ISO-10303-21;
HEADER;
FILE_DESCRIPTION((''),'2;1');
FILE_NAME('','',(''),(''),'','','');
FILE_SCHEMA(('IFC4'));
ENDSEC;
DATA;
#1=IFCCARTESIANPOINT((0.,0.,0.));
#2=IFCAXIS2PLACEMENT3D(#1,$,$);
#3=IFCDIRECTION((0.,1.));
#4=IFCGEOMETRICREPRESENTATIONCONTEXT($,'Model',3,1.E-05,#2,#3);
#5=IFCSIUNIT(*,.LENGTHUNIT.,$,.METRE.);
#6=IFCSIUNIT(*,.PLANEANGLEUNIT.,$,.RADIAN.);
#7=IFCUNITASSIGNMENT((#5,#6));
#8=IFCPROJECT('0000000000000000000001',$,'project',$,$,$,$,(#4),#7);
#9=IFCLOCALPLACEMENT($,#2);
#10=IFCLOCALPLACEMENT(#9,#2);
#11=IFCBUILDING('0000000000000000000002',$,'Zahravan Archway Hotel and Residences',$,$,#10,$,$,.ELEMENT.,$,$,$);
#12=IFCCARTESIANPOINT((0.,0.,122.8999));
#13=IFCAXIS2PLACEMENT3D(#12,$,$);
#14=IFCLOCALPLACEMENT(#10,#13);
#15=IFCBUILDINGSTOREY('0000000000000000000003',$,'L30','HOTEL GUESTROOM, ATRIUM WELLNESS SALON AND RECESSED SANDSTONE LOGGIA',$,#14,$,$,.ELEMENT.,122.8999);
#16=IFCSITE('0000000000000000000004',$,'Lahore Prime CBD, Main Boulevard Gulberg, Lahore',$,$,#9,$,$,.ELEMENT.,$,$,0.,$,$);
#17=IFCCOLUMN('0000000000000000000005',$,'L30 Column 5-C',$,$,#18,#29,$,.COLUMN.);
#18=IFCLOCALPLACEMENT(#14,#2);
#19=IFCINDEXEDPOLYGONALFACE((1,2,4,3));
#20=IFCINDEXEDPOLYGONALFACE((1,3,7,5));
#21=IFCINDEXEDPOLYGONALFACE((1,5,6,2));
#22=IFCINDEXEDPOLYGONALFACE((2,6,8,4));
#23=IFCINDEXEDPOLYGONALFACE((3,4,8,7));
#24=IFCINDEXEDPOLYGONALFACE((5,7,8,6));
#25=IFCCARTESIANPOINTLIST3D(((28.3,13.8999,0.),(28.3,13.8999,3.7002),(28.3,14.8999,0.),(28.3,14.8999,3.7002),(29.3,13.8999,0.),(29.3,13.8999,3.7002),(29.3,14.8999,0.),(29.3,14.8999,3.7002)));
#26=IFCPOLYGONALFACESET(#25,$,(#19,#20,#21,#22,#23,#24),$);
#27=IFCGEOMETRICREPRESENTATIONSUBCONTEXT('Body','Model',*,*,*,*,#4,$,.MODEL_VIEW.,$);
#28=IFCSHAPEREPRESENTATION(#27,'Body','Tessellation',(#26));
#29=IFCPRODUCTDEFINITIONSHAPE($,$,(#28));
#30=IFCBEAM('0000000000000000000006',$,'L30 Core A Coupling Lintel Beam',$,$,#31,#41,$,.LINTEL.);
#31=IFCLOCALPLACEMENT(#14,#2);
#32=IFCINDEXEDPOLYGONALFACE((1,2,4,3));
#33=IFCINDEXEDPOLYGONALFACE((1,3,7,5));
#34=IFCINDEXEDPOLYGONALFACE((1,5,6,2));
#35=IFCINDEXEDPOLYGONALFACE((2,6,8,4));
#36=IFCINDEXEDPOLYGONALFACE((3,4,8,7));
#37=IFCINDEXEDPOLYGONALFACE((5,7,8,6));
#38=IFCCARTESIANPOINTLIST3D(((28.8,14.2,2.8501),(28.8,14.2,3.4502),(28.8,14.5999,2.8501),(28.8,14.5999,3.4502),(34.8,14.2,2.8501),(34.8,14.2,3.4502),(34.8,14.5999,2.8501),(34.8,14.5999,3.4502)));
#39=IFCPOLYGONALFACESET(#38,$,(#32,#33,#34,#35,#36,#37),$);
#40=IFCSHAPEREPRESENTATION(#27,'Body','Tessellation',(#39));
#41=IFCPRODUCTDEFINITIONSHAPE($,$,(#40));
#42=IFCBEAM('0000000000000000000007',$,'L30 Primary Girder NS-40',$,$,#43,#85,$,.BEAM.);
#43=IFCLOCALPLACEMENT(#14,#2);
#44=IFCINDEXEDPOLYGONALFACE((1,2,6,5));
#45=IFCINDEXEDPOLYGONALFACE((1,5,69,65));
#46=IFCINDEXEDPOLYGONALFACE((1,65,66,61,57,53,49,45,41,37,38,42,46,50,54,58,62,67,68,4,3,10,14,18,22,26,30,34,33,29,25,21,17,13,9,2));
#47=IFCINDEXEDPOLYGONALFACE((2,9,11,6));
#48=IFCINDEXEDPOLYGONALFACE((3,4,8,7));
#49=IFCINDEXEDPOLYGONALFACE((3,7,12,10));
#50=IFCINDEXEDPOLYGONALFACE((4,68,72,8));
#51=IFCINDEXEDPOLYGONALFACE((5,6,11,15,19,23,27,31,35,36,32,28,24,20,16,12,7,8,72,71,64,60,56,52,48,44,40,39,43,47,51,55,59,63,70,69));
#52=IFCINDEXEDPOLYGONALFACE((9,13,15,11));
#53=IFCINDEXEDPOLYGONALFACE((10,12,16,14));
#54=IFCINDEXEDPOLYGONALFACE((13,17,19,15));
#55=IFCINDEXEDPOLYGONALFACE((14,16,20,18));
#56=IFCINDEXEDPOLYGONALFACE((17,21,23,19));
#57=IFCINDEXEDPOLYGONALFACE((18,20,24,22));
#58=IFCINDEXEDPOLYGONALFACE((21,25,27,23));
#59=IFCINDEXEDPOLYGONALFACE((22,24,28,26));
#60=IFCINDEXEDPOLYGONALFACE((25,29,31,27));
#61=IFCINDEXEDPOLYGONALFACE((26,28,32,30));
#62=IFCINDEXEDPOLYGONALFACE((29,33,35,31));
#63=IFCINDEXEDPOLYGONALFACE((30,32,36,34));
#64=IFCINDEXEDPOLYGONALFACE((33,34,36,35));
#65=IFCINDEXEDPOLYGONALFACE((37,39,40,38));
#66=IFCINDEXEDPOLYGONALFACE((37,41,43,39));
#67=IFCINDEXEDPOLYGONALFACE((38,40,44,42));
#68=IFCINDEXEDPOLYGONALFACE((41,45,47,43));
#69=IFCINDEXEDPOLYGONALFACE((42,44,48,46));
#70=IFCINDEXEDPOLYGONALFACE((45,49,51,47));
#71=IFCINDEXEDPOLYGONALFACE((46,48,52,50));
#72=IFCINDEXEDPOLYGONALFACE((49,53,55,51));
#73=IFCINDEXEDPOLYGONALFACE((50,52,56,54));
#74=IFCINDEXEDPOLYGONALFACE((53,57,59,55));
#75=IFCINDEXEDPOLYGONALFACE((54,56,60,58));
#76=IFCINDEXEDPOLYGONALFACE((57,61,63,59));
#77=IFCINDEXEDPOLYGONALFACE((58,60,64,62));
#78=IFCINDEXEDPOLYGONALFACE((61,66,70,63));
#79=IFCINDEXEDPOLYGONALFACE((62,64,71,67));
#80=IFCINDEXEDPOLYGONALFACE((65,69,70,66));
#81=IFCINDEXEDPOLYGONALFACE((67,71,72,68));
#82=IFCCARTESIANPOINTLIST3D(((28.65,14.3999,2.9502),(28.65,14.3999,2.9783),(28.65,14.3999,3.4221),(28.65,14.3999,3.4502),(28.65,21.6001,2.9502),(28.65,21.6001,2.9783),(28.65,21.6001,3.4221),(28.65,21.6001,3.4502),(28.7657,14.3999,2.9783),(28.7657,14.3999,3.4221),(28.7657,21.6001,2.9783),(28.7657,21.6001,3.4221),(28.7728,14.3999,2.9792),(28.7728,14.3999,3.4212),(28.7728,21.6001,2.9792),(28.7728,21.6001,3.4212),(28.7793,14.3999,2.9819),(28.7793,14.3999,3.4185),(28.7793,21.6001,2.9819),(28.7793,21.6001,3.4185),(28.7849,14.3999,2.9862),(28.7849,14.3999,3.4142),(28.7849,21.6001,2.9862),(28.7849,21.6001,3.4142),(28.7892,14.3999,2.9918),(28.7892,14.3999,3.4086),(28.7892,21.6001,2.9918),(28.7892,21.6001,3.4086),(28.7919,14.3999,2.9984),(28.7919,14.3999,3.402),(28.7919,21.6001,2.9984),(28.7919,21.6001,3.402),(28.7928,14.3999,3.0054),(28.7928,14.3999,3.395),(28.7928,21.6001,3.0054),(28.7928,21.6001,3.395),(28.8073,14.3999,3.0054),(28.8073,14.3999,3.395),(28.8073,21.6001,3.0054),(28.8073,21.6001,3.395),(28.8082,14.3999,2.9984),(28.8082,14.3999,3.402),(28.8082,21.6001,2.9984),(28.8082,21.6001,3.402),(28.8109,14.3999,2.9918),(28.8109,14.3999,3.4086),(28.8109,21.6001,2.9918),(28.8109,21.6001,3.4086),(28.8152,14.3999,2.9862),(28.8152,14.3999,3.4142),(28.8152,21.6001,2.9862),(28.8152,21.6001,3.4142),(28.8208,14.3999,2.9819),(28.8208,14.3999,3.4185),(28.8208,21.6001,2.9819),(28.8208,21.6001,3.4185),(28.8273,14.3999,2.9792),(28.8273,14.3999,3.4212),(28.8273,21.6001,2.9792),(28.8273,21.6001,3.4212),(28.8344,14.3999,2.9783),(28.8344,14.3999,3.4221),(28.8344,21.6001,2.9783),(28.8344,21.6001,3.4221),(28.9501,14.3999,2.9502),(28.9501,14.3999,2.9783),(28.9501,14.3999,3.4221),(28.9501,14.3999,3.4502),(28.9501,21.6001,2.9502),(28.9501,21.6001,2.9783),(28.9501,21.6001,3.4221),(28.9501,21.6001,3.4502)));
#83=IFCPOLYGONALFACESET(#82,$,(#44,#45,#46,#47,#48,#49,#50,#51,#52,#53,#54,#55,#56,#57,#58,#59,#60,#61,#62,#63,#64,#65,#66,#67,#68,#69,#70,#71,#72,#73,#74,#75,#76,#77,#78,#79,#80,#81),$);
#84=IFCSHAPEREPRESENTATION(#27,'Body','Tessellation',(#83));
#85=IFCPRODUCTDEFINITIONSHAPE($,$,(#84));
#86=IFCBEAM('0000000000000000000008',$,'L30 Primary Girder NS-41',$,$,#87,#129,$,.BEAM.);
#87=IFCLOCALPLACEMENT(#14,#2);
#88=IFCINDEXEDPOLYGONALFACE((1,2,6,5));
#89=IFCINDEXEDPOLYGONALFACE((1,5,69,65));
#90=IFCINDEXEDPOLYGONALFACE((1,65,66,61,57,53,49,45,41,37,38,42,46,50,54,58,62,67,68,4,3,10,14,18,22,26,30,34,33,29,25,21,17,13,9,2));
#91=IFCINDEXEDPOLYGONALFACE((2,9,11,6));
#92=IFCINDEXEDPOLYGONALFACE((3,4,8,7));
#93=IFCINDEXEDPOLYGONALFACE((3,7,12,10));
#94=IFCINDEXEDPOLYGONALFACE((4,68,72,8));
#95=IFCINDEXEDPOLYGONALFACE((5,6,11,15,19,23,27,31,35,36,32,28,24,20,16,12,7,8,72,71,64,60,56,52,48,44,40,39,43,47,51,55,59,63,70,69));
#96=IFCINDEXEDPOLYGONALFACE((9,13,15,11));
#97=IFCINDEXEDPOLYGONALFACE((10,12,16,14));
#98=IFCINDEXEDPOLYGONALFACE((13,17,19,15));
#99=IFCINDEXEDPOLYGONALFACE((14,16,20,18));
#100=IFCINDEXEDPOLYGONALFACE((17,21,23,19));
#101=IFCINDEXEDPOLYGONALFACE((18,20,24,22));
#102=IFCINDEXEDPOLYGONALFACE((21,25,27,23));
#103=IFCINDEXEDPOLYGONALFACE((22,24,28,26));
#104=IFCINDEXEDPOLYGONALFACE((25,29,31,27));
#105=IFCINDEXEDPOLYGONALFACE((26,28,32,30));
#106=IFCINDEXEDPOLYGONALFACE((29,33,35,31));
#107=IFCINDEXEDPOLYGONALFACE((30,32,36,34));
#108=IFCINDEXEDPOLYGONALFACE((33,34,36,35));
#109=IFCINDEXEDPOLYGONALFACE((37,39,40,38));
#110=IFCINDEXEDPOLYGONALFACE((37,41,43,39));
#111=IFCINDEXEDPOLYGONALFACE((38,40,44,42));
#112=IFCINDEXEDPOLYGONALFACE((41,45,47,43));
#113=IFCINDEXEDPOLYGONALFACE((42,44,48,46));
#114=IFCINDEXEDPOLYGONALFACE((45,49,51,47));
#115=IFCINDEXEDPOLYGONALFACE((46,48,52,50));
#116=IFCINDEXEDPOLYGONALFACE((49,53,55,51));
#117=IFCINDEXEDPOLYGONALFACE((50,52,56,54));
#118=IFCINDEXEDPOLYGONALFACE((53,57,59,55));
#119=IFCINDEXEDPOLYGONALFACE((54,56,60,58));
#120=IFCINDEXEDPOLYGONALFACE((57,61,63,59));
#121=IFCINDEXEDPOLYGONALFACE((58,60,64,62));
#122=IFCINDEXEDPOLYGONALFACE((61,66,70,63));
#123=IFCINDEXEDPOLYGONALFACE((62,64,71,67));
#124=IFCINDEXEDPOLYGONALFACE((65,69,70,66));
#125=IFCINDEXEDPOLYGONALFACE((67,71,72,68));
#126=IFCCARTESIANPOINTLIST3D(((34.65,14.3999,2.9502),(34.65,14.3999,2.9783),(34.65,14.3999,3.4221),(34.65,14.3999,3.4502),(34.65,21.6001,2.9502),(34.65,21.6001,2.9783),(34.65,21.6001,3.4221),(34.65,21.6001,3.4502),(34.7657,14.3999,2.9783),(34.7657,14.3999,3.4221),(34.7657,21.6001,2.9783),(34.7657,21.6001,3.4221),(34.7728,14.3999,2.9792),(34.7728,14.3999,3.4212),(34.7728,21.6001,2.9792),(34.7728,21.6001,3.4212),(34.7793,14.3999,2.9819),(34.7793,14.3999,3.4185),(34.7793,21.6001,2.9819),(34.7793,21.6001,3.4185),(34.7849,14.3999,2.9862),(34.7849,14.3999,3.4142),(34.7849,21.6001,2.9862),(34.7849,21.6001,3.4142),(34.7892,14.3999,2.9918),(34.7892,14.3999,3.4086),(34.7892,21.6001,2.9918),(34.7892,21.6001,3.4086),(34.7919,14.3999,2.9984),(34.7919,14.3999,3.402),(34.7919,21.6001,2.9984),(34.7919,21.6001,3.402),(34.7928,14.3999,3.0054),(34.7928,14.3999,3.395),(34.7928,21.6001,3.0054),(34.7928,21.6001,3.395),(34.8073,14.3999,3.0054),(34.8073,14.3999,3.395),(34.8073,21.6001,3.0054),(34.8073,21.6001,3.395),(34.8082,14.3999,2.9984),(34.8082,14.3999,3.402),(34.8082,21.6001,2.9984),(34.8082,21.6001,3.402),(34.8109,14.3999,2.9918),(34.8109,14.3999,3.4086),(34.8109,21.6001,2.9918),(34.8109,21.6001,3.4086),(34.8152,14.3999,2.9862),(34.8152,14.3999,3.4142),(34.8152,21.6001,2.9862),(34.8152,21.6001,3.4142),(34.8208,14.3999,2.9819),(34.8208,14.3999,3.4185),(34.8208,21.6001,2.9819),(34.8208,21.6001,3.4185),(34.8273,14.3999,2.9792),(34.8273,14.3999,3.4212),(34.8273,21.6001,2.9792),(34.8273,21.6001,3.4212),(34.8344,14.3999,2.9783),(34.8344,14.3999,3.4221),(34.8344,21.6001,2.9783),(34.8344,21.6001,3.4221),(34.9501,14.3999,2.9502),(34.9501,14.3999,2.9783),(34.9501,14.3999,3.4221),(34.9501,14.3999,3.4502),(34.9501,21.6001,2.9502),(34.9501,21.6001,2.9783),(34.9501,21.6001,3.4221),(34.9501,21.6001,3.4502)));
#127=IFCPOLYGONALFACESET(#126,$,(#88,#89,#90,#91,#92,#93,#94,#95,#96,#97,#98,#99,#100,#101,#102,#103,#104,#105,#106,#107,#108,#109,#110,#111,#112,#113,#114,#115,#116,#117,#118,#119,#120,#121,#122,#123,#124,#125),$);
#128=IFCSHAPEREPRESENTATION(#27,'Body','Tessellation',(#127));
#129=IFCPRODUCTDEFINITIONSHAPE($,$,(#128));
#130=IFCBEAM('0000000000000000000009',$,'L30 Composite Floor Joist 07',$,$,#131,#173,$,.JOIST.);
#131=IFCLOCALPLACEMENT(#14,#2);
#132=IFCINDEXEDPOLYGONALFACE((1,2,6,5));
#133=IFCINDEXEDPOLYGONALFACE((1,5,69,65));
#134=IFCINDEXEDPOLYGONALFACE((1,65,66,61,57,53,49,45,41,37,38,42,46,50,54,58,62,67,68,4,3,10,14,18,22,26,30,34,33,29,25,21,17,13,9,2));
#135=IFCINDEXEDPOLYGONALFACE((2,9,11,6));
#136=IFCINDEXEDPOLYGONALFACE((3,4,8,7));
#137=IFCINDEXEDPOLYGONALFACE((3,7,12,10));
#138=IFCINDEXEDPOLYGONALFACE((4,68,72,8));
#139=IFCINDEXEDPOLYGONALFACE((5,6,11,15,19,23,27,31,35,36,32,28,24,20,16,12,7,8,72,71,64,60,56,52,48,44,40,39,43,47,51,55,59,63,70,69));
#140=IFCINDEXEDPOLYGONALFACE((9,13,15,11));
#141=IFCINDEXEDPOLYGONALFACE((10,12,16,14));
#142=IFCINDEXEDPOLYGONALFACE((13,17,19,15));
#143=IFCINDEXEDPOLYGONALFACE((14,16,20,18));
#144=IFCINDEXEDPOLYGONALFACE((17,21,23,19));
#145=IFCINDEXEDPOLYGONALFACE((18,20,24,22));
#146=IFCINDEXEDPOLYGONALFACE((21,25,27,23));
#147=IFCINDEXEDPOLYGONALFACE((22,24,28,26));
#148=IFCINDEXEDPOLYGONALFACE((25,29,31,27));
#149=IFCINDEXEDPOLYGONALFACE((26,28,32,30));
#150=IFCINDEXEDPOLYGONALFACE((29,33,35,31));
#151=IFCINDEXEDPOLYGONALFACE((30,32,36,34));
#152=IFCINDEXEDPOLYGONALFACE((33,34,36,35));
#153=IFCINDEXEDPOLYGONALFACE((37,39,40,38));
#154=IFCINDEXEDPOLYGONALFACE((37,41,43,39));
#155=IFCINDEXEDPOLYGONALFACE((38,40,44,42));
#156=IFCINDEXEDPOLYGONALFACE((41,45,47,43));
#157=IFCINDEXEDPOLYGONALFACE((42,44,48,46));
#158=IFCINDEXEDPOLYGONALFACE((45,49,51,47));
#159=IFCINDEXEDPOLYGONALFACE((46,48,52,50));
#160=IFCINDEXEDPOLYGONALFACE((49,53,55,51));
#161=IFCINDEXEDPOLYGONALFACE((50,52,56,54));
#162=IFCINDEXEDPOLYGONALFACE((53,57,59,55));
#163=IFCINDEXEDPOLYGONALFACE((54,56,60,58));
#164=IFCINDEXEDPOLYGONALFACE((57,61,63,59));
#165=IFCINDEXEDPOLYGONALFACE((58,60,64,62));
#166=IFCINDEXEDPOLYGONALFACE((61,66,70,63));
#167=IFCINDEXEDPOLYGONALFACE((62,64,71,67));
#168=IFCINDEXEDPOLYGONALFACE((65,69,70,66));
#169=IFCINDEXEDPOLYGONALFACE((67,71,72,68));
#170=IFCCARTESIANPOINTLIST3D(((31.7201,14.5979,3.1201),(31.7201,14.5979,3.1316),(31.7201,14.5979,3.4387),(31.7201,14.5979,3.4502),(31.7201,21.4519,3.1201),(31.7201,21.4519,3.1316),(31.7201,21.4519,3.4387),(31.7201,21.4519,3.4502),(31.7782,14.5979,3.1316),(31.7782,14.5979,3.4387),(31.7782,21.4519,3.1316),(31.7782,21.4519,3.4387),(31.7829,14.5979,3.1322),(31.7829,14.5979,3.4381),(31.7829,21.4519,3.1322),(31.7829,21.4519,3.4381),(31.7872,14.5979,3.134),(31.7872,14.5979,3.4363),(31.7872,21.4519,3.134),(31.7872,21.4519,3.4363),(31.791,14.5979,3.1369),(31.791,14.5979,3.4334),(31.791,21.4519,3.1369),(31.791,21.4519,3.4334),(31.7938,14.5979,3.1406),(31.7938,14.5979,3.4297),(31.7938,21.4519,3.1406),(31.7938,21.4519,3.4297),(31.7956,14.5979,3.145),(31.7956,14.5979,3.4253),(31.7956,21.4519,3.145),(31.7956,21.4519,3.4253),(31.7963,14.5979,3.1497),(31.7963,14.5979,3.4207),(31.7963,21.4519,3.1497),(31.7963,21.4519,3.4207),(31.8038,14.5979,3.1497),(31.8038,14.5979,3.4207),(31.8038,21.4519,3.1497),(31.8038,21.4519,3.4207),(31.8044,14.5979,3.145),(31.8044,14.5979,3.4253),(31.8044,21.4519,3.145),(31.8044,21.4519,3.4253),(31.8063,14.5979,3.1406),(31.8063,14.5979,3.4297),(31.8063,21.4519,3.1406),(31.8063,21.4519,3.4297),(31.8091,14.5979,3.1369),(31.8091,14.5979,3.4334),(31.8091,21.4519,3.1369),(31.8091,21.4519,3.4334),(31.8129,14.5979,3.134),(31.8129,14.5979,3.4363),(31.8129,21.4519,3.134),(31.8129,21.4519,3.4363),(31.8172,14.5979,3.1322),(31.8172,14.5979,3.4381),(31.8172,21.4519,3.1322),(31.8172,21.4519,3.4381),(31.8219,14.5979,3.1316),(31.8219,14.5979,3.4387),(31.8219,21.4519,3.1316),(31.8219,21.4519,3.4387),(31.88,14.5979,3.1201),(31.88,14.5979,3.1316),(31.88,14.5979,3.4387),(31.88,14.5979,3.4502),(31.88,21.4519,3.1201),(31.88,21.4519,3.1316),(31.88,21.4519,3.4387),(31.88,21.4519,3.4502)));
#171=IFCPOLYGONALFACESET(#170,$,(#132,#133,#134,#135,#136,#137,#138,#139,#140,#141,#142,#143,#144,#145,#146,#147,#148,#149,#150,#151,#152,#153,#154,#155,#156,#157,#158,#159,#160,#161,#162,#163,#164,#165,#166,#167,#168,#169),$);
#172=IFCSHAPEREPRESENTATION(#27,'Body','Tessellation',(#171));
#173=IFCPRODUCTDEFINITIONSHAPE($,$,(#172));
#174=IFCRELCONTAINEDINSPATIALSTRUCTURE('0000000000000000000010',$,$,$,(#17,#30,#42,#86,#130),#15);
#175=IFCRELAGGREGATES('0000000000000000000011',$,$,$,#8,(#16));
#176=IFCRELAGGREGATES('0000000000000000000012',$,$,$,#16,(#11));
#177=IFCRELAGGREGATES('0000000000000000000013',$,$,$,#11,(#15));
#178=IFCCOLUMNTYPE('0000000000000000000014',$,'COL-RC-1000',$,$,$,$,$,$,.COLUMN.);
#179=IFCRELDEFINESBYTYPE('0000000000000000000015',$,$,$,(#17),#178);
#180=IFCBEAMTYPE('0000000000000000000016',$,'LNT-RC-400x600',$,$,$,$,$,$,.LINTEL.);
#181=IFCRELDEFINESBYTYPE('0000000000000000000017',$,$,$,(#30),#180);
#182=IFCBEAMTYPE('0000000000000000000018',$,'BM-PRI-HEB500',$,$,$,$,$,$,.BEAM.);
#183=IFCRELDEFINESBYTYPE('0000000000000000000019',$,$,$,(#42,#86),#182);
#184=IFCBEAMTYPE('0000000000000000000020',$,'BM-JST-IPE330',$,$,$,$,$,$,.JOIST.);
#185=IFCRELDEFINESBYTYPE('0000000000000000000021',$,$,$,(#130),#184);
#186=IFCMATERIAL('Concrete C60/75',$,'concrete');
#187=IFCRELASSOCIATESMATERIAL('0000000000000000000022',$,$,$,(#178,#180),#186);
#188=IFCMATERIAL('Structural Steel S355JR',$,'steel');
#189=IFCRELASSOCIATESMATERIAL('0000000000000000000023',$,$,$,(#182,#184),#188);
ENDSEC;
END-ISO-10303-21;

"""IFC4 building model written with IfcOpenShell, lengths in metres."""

from ifc_helpers import new_model, si_unit, direction, frame, origin, origin_2d, place, context, subcontext, project, spatial, rectangle, i_section, extrude, source, transform, mapped, material, material_profile, profile_set, type_object, type_shapes, element, save


model = new_model("IFC4")

# Units and contexts
model_context = context("Model", 3, precision=1e-05, world=origin(), true_north=direction((0.0, 1.0)))
body_context = subcontext(model_context, "Body", "Model", "MODEL_VIEW")
ifc_project = project(units=[si_unit("LENGTHUNIT", "METRE"), si_unit("PLANEANGLEUNIT", "RADIAN")], contexts=[model_context])

# Site, building, storey
site_placement = place(None, origin())
site = spatial("IfcSite", under=ifc_project, at=site_placement, Name="Lahore Prime CBD, Main Boulevard Gulberg, Lahore", CompositionType="ELEMENT", RefElevation=0.0)
building_placement = place(site_placement, origin())
building = spatial("IfcBuilding", under=site, at=building_placement, Name="Zahravan Archway Hotel and Residences", CompositionType="ELEMENT")
storey_placement = place(building_placement, frame((0.0, 0.0, 122.8999)))
storey = spatial("IfcBuildingStorey", under=building, at=storey_placement, Name="L30", Description="HOTEL GUESTROOM, ATRIUM WELLNESS SALON AND RECESSED SANDSTONE LOGGIA", CompositionType="ELEMENT", Elevation=122.8999)

# Column
ifc_material_1 = material(Name="Concrete C60/75", Category="concrete")
ifc_material_profile_1 = material_profile(ifc_material_1, rectangle(XDim=1.0, YDim=1.0, at=origin_2d()), Name="RC-COL-1000x1000", Category="concrete")
ifc_profile_set_1 = profile_set([ifc_material_profile_1], Name="Concrete C60/75")
column_type = type_object("IfcColumnType", Name="COL-RC-1000", PredefinedType="COLUMN", material=ifc_profile_set_1)
shared_shape_1 = source(origin(), body_context, "Body", "SweptSolid", [
    extrude(rectangle(XDim=1.0, YDim=1.0, at=origin_2d()), origin(), (0.0, 0.0, 1.0), 3.7002),
])
column_placement = place(storey_placement, frame((28.8, 14.3999, 0.0), z_axis=(0.0, 0.0, 1.0), x_axis=(1.0, 0.0, 0.0)))
element("IfcColumn", 1, at=column_placement, inside=storey, type_object=column_type, Name="L30 Column 5-C", PredefinedType="COLUMN", context=body_context, shape_type="MappedRepresentation", body=[
    mapped(shared_shape_1, transform((0.0, 0.0, 0.0), scale=1.0)),
])

# Beams
ifc_material_profile_2 = material_profile(ifc_material_1, rectangle(XDim=0.3999, YDim=0.6001, at=origin_2d()), Name="RC-LNT-400x600", Category="concrete")
ifc_profile_set_2 = profile_set([ifc_material_profile_2], Name="Concrete C60/75")
beam_type_1 = type_object("IfcBeamType", Name="LNT-RC-400x600", PredefinedType="LINTEL", material=ifc_profile_set_2)
shared_shape_2 = source(origin(), body_context, "Body", "SweptSolid", [
    extrude(rectangle(XDim=0.3999, YDim=0.6001, at=origin_2d()), origin(), (0.0, 0.0, 1.0), 6.0),
])
type_shapes(beam_type_1, [shared_shape_2])
beam_1_placement = place(storey_placement, frame((28.8, 14.3999, 3.1501), z_axis=(1.0, 0.0, 0.0), x_axis=(0.0, 1.0, 0.0)))
element("IfcBeam", 2, at=beam_1_placement, inside=storey, type_object=beam_type_1, Name="L30 Core A Coupling Lintel Beam", PredefinedType="LINTEL", context=body_context, shape_type="MappedRepresentation", body=[
    mapped(shared_shape_2, transform((0.0, 0.0, 0.0), scale=1.0)),
])
ifc_material_2 = material(Name="Structural Steel S355JR", Category="steel")
ifc_material_profile_3 = material_profile(ifc_material_2, i_section(OverallWidth=0.3, OverallDepth=0.5, WebThickness=0.0144, FlangeThickness=0.0281, FilletRadius=0.0271, at=origin_2d()), Name="HEB 500", Category="steel")
ifc_profile_set_3 = profile_set([ifc_material_profile_3], Name="Structural Steel S355JR")
beam_type_2 = type_object("IfcBeamType", Name="BM-PRI-HEB500", PredefinedType="BEAM", material=ifc_profile_set_3)
shared_shape_3 = source(origin(), body_context, "Body", "SweptSolid", [
    extrude(i_section(OverallWidth=0.3, OverallDepth=0.5, WebThickness=0.0144, FlangeThickness=0.0281, FilletRadius=0.0271, at=origin_2d()), origin(), (0.0, 0.0, 1.0), 7.2002),
])
type_shapes(beam_type_2, [shared_shape_3])
for number, where, z_axis, x_axis, name in (
    (3, (28.8, 14.3999, 3.2002), (0.0, 1.0, 0.0), (-1.0, 0.0, 0.0), "L30 Primary Girder NS-40"),
    (4, (34.8, 14.3999, 3.2002), (0.0, 1.0, 0.0), (-1.0, 0.0, 0.0), "L30 Primary Girder NS-41"),
):
    element("IfcBeam", number, at=place(storey_placement, frame(where, z_axis=z_axis, x_axis=x_axis)), inside=storey, type_object=beam_type_2, Name=name, PredefinedType="BEAM", context=body_context, shape_type="MappedRepresentation", body=[
        mapped(shared_shape_3, transform((0.0, 0.0, 0.0), scale=1.0)),
    ])
ifc_material_profile_4 = material_profile(ifc_material_2, i_section(OverallWidth=0.1599, OverallDepth=0.3301, WebThickness=0.0076, FlangeThickness=0.0115, FilletRadius=0.0181, at=origin_2d()), Name="IPE 330", Category="steel")
ifc_profile_set_4 = profile_set([ifc_material_profile_4], Name="Structural Steel S355JR")
beam_type_3 = type_object("IfcBeamType", Name="BM-JST-IPE330", PredefinedType="JOIST", material=ifc_profile_set_4)
shared_shape_4 = source(origin(), body_context, "Body", "SweptSolid", [
    extrude(i_section(OverallWidth=0.1599, OverallDepth=0.3301, WebThickness=0.0076, FlangeThickness=0.0115, FilletRadius=0.0181, at=origin_2d()), origin(), (0.0, 0.0, 1.0), 6.854),
])
beam_2_placement = place(storey_placement, frame((31.8, 14.5979, 3.2852), z_axis=(0.0, 1.0, 0.0), x_axis=(-1.0, 0.0, 0.0)))
element("IfcBeam", 5, at=beam_2_placement, inside=storey, type_object=beam_type_3, Name="L30 Composite Floor Joist 07", PredefinedType="JOIST", context=body_context, shape_type="MappedRepresentation", body=[
    mapped(shared_shape_4, transform((0.0, 0.0, 0.0), scale=1.0)),
])

save(model, "model.ifc")
